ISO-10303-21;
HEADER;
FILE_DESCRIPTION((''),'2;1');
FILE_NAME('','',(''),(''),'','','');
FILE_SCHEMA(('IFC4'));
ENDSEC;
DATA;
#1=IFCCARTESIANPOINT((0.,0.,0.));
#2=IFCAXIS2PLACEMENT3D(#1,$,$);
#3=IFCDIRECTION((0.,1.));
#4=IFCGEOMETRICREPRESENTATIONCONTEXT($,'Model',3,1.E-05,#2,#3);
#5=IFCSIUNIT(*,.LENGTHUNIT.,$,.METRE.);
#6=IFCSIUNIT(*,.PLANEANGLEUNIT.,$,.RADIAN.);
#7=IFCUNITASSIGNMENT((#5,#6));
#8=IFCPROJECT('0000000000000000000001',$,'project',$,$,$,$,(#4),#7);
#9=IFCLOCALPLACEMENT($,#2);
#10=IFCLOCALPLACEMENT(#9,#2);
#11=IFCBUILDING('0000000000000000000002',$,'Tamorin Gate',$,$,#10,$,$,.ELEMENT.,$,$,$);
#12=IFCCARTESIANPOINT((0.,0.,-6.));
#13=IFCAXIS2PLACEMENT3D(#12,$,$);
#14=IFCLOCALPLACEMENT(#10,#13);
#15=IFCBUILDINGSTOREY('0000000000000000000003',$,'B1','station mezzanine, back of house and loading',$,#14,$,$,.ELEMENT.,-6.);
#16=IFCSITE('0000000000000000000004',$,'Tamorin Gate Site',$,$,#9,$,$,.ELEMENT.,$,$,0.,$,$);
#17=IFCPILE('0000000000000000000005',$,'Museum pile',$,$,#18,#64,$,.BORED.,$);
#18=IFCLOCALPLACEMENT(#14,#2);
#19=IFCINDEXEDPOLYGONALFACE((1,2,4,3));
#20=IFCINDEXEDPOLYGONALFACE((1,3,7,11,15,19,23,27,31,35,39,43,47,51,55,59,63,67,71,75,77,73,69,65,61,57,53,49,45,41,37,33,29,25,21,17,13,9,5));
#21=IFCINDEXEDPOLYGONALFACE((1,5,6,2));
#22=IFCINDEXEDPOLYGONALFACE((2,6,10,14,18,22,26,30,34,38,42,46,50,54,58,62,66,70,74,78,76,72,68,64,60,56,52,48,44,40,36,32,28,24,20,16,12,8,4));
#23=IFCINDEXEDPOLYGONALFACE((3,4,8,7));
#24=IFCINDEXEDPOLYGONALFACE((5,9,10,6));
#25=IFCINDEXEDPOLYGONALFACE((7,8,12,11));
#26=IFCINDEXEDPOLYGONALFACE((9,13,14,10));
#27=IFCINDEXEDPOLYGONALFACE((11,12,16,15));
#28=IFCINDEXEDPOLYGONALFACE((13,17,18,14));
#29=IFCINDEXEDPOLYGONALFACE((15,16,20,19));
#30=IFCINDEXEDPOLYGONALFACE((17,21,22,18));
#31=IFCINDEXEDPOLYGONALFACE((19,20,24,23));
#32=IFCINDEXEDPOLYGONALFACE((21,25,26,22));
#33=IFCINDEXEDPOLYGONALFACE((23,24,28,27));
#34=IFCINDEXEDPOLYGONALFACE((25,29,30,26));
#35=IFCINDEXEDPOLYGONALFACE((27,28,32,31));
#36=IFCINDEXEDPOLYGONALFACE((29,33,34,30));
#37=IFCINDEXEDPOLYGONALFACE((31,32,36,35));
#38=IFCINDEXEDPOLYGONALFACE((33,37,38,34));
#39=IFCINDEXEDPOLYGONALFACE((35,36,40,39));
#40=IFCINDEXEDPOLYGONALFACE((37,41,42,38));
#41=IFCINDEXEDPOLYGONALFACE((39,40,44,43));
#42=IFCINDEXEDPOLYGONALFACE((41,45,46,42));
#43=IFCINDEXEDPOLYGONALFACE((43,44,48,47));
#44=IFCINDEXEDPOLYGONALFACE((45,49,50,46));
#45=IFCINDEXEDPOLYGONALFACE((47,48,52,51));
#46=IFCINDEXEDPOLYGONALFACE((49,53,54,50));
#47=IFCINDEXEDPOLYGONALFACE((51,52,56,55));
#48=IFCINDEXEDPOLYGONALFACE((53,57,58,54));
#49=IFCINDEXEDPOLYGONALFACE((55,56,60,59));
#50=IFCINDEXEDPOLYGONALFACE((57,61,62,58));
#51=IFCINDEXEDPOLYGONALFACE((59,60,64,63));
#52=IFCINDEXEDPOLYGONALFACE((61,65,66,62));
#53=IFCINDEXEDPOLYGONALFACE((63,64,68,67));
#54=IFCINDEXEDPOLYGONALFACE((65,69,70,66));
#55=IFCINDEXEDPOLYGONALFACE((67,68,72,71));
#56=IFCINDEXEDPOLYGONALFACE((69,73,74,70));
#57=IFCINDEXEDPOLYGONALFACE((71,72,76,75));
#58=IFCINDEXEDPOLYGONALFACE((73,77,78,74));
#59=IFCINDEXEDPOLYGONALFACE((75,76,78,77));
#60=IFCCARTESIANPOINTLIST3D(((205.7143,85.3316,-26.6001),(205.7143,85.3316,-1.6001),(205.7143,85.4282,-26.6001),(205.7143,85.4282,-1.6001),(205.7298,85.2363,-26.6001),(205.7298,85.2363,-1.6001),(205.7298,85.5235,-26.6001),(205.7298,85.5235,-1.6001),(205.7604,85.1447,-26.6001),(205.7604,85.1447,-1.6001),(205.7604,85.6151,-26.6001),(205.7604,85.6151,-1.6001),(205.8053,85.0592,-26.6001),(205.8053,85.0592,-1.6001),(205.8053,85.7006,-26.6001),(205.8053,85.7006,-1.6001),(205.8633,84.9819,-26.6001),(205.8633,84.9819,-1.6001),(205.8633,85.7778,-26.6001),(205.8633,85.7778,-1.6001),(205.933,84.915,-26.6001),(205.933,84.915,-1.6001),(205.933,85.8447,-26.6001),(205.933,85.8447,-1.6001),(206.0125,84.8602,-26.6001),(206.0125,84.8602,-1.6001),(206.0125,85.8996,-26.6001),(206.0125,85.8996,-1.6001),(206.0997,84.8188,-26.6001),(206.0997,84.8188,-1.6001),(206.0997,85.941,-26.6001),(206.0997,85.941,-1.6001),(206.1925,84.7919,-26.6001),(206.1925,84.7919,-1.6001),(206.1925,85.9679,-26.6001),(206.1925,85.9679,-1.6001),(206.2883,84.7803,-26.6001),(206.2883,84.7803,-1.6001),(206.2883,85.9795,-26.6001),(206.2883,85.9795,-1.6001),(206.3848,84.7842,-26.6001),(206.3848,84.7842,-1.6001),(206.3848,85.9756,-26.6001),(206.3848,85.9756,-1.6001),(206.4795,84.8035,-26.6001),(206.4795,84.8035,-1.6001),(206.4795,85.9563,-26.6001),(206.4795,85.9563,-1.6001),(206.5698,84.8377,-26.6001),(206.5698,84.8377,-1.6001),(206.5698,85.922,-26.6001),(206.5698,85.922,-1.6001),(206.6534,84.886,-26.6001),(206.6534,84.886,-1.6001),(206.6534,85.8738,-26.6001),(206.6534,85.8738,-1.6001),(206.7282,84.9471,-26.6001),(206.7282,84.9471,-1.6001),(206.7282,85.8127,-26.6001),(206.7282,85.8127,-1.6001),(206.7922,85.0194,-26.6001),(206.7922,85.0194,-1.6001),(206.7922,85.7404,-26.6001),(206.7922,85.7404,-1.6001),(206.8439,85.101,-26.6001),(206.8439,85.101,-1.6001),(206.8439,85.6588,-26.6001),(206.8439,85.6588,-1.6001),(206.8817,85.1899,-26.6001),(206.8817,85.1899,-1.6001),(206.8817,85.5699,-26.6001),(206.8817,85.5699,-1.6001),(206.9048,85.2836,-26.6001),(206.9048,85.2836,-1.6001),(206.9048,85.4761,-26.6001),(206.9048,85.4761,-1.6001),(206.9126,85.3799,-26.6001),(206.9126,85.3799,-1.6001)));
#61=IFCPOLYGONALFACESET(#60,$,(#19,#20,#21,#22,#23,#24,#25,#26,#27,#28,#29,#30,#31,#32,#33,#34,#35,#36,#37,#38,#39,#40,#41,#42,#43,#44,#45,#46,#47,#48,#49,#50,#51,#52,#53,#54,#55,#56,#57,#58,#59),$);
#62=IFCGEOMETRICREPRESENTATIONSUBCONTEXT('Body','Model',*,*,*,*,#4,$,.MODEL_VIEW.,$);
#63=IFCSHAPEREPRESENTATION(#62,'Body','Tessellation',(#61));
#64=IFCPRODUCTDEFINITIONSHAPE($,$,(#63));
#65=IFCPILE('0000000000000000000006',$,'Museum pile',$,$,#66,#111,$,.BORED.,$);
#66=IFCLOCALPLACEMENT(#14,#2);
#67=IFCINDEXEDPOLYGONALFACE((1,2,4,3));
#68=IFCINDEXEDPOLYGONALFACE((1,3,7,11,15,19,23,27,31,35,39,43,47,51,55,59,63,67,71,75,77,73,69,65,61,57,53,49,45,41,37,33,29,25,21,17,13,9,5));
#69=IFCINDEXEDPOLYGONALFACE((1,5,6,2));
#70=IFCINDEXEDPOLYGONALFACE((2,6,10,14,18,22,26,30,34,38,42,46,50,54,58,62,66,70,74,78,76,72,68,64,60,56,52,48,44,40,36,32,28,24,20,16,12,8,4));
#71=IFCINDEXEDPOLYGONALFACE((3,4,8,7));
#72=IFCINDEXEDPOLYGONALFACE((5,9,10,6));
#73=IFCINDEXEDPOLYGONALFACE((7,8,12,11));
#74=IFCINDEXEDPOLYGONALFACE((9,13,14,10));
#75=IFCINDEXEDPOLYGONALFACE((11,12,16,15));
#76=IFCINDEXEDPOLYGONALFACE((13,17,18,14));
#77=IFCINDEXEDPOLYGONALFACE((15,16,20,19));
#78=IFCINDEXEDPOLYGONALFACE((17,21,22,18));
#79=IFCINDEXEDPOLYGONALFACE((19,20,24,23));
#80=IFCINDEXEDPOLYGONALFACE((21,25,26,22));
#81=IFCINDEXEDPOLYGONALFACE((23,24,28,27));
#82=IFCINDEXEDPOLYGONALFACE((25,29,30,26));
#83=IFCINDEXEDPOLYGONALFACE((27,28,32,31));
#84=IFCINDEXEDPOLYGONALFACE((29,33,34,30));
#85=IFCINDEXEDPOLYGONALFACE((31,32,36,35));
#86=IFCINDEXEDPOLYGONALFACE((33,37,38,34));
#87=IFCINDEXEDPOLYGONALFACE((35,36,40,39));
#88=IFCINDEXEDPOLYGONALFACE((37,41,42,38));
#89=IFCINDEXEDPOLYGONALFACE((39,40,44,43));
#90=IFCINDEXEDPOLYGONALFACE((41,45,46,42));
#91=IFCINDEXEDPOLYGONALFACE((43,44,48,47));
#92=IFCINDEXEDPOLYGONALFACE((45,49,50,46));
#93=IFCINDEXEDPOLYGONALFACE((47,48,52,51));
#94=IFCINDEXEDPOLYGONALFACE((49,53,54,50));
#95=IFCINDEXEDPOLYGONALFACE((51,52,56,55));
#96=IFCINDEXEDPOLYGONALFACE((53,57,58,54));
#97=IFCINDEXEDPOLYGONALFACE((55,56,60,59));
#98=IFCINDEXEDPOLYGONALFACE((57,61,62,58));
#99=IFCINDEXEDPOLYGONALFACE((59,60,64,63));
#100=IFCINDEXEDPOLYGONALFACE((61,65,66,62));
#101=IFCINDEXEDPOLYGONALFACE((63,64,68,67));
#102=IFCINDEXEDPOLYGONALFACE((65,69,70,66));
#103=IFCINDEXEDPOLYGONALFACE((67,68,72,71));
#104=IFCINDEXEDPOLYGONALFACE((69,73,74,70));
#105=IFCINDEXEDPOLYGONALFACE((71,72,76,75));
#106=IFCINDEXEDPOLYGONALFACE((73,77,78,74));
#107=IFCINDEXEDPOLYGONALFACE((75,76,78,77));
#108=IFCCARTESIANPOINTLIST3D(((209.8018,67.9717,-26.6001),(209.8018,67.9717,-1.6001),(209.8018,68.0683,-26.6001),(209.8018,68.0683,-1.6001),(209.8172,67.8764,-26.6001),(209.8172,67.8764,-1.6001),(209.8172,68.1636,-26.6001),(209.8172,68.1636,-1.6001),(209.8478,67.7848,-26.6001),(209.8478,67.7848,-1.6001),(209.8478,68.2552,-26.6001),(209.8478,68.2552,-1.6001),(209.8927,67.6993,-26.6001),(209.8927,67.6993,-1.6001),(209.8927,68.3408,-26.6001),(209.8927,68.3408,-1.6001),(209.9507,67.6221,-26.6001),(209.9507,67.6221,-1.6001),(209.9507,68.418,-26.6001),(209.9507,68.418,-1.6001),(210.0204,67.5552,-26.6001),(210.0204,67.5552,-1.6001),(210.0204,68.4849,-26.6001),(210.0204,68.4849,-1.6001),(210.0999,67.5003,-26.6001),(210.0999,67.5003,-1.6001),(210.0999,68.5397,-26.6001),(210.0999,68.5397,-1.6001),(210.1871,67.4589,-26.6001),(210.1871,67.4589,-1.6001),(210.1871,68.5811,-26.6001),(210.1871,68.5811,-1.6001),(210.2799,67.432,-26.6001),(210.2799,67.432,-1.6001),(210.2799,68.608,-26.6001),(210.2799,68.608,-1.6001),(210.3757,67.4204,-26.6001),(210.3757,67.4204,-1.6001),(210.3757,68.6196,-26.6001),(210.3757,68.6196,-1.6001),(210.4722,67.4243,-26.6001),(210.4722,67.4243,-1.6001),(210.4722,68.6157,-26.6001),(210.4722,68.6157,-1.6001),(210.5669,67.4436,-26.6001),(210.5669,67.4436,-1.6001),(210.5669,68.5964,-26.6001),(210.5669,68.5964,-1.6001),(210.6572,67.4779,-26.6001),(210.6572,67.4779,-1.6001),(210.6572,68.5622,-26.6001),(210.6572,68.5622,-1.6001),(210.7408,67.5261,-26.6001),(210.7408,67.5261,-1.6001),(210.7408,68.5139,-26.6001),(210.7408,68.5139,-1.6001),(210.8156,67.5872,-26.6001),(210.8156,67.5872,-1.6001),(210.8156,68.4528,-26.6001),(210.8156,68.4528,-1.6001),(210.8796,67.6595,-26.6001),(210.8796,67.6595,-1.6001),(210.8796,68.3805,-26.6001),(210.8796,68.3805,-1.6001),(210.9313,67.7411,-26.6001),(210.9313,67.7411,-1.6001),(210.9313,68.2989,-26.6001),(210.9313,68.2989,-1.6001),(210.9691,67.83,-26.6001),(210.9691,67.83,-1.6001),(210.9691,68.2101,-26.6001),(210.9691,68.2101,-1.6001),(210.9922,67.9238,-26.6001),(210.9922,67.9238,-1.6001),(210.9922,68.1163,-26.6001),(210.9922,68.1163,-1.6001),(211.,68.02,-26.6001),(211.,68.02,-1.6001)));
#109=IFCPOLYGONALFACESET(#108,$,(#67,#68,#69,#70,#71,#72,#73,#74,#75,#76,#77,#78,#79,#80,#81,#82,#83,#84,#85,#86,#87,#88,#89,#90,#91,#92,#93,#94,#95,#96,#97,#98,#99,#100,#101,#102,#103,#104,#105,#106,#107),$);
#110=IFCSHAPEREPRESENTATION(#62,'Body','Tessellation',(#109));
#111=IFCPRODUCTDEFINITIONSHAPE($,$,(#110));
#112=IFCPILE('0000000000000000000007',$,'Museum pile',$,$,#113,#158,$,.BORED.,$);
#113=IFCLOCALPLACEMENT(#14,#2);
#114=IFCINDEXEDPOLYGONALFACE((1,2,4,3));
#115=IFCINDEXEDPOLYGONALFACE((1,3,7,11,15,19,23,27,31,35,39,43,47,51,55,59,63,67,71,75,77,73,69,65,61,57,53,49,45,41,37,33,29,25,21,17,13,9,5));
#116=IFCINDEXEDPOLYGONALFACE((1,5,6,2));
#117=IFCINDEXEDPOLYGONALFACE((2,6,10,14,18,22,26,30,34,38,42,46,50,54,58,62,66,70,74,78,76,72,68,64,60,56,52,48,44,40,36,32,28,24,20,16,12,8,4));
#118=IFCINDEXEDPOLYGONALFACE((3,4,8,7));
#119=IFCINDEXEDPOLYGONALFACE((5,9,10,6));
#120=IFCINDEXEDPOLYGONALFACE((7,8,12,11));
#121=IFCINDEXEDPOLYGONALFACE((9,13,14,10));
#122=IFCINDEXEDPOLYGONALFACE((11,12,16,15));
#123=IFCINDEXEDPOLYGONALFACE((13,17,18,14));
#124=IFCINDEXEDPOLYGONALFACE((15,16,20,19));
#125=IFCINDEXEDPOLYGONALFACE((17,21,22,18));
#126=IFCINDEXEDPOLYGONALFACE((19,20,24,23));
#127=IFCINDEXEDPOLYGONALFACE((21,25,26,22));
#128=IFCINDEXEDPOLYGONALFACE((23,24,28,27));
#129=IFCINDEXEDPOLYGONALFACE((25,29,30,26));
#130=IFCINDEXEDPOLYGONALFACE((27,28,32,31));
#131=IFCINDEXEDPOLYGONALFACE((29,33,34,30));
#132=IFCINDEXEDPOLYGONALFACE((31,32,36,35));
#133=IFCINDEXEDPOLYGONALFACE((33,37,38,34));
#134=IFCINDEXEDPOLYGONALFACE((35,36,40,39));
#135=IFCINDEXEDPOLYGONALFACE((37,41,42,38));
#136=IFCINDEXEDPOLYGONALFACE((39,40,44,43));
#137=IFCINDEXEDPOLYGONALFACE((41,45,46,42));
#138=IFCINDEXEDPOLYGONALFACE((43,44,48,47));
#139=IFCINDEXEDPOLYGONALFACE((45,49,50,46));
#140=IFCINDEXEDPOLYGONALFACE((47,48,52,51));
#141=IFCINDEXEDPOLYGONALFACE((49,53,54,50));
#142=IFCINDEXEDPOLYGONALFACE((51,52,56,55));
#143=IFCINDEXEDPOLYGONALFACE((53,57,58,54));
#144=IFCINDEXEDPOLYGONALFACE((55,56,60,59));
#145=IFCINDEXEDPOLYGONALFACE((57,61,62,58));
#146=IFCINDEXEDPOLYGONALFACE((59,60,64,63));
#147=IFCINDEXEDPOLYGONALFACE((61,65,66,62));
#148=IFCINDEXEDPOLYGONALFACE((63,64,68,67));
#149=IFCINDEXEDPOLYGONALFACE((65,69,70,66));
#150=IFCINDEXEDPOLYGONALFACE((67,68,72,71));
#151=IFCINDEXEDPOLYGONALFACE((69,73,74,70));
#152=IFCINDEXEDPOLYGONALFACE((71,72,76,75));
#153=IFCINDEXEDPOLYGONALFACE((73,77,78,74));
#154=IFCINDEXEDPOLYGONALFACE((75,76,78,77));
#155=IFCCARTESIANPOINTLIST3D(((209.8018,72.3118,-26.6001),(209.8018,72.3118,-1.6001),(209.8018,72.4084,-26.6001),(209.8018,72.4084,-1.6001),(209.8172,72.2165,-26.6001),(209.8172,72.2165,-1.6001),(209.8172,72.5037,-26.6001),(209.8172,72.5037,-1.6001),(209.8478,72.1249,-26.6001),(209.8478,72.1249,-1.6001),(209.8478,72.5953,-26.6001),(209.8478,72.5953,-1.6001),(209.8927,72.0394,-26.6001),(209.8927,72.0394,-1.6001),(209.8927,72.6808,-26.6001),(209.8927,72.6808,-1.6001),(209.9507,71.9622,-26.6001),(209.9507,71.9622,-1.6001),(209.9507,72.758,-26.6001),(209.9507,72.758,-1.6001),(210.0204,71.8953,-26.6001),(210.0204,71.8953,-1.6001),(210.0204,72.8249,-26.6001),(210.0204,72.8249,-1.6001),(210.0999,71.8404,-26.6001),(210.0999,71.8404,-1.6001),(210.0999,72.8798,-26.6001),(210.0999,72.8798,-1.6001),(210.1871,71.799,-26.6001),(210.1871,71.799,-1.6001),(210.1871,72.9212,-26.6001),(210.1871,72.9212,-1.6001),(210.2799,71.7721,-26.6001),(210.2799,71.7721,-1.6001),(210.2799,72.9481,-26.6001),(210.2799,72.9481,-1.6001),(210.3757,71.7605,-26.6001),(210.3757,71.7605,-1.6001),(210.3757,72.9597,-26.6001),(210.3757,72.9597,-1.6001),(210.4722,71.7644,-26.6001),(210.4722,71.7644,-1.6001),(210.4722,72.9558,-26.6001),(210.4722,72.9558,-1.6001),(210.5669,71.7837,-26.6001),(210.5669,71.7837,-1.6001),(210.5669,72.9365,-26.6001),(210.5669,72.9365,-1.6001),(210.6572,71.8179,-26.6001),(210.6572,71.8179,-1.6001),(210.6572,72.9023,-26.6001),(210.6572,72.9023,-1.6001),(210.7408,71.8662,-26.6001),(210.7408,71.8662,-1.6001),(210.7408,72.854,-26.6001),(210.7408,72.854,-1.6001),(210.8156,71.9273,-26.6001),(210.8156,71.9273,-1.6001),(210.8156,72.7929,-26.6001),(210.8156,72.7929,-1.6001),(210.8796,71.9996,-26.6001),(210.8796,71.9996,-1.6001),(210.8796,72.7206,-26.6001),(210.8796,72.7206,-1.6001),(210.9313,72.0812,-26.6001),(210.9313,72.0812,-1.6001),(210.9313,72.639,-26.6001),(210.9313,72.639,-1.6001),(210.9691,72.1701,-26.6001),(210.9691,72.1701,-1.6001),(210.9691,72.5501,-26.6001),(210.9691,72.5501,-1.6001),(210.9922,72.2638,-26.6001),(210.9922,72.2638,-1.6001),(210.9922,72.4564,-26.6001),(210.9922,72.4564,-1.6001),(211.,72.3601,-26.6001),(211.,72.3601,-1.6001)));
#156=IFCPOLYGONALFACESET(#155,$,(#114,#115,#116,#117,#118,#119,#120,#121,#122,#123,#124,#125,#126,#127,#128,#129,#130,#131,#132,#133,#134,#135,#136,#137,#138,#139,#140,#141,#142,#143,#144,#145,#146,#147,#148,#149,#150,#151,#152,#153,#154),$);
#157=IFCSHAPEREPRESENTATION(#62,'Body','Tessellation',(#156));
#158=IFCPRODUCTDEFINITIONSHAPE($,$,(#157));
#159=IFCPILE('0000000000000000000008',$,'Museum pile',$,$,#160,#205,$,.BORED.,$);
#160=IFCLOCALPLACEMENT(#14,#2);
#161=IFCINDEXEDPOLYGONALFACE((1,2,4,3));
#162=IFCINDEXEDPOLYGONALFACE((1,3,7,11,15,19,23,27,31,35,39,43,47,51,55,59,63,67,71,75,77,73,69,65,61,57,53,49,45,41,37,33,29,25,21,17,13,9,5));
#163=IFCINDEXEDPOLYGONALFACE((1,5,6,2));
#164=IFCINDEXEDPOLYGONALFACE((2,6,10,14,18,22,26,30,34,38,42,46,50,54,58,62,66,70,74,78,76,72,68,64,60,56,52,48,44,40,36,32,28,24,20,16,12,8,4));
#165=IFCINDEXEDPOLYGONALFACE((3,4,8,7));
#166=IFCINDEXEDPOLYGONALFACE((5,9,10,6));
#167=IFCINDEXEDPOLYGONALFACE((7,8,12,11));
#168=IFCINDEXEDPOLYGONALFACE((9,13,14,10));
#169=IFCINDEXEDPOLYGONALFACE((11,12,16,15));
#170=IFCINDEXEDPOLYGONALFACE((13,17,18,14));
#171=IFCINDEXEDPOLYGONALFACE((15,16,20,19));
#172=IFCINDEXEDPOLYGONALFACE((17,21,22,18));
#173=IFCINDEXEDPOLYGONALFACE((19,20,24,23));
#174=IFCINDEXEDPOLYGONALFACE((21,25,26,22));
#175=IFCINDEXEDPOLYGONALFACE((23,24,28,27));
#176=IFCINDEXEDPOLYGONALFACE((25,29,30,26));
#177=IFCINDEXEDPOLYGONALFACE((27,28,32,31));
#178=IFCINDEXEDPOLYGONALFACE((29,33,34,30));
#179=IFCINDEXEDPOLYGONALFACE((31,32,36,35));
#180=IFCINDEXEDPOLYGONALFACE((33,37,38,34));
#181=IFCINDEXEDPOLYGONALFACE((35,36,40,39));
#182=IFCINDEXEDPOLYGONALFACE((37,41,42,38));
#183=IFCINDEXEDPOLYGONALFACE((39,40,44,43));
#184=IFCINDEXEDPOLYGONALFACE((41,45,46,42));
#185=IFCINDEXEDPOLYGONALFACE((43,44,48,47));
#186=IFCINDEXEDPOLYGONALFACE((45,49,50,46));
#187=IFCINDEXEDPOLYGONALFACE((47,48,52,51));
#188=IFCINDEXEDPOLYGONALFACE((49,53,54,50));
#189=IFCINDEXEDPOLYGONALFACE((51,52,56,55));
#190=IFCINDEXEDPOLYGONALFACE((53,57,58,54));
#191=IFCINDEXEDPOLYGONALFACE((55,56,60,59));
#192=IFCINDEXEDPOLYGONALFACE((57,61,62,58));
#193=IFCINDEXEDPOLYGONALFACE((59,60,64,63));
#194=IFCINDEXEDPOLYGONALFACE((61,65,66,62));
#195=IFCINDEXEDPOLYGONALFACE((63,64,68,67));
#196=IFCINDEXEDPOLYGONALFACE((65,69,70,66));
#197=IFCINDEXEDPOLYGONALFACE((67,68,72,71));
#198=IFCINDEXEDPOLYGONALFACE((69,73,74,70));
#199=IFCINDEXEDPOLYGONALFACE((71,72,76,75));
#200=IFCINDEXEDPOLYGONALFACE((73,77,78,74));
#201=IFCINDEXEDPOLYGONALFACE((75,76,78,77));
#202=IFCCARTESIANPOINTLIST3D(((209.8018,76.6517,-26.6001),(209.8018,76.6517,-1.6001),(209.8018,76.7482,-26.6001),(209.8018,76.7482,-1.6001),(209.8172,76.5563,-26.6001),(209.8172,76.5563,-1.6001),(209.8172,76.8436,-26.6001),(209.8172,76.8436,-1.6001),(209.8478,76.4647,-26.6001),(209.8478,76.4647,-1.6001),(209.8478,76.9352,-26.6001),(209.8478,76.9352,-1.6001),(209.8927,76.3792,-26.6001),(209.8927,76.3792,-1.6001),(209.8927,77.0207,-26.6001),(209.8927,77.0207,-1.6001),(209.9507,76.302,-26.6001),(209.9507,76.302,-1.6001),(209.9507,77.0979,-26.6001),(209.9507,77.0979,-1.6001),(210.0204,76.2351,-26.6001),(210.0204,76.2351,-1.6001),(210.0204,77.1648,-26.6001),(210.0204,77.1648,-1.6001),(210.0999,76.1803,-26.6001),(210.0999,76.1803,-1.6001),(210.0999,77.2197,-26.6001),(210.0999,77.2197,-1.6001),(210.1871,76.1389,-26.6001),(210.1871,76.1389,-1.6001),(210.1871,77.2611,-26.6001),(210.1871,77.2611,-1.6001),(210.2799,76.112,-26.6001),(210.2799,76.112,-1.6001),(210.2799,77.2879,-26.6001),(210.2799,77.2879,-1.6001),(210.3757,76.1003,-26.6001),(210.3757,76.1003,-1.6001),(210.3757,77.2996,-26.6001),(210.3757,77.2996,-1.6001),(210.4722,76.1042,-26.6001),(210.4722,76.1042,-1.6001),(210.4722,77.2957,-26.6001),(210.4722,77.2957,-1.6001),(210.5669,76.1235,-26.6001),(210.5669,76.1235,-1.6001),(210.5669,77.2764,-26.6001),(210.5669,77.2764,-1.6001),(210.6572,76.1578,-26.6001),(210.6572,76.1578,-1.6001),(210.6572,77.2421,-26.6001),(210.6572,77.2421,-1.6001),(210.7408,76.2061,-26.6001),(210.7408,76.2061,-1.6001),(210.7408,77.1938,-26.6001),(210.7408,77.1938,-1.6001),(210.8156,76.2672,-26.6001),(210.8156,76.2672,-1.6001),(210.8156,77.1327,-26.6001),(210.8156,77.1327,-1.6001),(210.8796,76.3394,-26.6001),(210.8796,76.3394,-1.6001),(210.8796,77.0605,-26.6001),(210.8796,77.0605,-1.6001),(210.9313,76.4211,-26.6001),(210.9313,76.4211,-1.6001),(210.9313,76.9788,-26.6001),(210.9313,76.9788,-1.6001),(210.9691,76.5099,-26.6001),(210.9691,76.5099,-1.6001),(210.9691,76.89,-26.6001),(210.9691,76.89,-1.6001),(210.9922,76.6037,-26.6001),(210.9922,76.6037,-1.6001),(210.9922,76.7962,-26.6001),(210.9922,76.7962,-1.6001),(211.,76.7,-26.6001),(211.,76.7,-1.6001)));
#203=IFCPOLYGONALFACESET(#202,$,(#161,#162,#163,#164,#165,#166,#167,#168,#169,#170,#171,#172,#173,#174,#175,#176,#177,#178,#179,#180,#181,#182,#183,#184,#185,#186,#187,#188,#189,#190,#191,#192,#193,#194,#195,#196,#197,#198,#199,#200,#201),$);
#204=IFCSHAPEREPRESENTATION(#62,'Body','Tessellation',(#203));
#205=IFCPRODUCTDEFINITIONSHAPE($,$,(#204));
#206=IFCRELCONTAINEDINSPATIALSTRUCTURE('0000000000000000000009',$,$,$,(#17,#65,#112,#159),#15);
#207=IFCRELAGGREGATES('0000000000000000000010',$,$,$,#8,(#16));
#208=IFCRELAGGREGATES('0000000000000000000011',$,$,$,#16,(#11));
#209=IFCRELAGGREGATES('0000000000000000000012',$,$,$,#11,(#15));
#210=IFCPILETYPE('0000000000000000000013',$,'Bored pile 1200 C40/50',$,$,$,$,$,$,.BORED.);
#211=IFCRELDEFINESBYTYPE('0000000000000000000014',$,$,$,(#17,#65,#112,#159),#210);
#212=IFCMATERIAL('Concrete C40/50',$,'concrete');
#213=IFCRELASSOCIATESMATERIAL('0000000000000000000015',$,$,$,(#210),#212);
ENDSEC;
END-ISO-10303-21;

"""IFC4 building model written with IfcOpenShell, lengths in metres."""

from ifc_helpers import new_model, si_unit, direction, frame, origin, origin_2d, place, context, subcontext, project, spatial, circle, extrude, material, material_profile, profile_set, type_object, element, save


model = new_model("IFC4")

# Units and contexts
model_context = context("Model", 3, precision=1e-05, world=origin(), true_north=direction((0.0, 1.0)))
body_context = subcontext(model_context, "Body", "Model", "MODEL_VIEW")
ifc_project = project(units=[si_unit("LENGTHUNIT", "METRE"), si_unit("PLANEANGLEUNIT", "RADIAN")], contexts=[model_context])

# Site, building, storey
site_placement = place(None, origin())
site = spatial("IfcSite", under=ifc_project, at=site_placement, Name="Tamorin Gate Site", CompositionType="ELEMENT", RefElevation=0.0)
building_placement = place(site_placement, origin())
building = spatial("IfcBuilding", under=site, at=building_placement, Name="Tamorin Gate", CompositionType="ELEMENT")
storey_placement = place(building_placement, frame((0.0, 0.0, -6.0)))
storey = spatial("IfcBuildingStorey", under=building, at=storey_placement, Name="B1", Description="station mezzanine, back of house and loading", CompositionType="ELEMENT", Elevation=-6.0)

# Piles
ifc_material_1 = material(Name="Concrete C40/50", Category="concrete")
ifc_material_profile_1 = material_profile(ifc_material_1, circle(Radius=0.6001, at=origin_2d()))
ifc_profile_set_1 = profile_set([ifc_material_profile_1], Name="Concrete C40/50")
pile_type = type_object("IfcPileType", Name="Bored pile 1200 C40/50", PredefinedType="BORED", material=ifc_profile_set_1)
for number, where, z_axis, x_axis, name in (
    (1, (206.3125, 85.3799, -1.6001), (0.0, 0.0, -1.0), (1.0, 0.0, 0.0), "Museum pile"),
    (2, (210.3999, 68.02, -1.6001), (0.0, 0.0, -1.0), (1.0, 0.0, 0.0), "Museum pile"),
    (3, (210.3999, 72.3601, -1.6001), (0.0, 0.0, -1.0), (1.0, 0.0, 0.0), "Museum pile"),
    (4, (210.3999, 76.7, -1.6001), (0.0, 0.0, -1.0), (1.0, 0.0, 0.0), "Museum pile"),
):
    element("IfcPile", number, at=place(storey_placement, frame(where, z_axis=z_axis, x_axis=x_axis)), inside=storey, type_object=pile_type, Name=name, PredefinedType="BORED", context=body_context, shape_type="SweptSolid", body=[
        extrude(circle(Radius=0.6001, at=origin_2d()), origin(), (0.0, 0.0, 1.0), 25.0),
    ])

save(model, "model.ifc")
